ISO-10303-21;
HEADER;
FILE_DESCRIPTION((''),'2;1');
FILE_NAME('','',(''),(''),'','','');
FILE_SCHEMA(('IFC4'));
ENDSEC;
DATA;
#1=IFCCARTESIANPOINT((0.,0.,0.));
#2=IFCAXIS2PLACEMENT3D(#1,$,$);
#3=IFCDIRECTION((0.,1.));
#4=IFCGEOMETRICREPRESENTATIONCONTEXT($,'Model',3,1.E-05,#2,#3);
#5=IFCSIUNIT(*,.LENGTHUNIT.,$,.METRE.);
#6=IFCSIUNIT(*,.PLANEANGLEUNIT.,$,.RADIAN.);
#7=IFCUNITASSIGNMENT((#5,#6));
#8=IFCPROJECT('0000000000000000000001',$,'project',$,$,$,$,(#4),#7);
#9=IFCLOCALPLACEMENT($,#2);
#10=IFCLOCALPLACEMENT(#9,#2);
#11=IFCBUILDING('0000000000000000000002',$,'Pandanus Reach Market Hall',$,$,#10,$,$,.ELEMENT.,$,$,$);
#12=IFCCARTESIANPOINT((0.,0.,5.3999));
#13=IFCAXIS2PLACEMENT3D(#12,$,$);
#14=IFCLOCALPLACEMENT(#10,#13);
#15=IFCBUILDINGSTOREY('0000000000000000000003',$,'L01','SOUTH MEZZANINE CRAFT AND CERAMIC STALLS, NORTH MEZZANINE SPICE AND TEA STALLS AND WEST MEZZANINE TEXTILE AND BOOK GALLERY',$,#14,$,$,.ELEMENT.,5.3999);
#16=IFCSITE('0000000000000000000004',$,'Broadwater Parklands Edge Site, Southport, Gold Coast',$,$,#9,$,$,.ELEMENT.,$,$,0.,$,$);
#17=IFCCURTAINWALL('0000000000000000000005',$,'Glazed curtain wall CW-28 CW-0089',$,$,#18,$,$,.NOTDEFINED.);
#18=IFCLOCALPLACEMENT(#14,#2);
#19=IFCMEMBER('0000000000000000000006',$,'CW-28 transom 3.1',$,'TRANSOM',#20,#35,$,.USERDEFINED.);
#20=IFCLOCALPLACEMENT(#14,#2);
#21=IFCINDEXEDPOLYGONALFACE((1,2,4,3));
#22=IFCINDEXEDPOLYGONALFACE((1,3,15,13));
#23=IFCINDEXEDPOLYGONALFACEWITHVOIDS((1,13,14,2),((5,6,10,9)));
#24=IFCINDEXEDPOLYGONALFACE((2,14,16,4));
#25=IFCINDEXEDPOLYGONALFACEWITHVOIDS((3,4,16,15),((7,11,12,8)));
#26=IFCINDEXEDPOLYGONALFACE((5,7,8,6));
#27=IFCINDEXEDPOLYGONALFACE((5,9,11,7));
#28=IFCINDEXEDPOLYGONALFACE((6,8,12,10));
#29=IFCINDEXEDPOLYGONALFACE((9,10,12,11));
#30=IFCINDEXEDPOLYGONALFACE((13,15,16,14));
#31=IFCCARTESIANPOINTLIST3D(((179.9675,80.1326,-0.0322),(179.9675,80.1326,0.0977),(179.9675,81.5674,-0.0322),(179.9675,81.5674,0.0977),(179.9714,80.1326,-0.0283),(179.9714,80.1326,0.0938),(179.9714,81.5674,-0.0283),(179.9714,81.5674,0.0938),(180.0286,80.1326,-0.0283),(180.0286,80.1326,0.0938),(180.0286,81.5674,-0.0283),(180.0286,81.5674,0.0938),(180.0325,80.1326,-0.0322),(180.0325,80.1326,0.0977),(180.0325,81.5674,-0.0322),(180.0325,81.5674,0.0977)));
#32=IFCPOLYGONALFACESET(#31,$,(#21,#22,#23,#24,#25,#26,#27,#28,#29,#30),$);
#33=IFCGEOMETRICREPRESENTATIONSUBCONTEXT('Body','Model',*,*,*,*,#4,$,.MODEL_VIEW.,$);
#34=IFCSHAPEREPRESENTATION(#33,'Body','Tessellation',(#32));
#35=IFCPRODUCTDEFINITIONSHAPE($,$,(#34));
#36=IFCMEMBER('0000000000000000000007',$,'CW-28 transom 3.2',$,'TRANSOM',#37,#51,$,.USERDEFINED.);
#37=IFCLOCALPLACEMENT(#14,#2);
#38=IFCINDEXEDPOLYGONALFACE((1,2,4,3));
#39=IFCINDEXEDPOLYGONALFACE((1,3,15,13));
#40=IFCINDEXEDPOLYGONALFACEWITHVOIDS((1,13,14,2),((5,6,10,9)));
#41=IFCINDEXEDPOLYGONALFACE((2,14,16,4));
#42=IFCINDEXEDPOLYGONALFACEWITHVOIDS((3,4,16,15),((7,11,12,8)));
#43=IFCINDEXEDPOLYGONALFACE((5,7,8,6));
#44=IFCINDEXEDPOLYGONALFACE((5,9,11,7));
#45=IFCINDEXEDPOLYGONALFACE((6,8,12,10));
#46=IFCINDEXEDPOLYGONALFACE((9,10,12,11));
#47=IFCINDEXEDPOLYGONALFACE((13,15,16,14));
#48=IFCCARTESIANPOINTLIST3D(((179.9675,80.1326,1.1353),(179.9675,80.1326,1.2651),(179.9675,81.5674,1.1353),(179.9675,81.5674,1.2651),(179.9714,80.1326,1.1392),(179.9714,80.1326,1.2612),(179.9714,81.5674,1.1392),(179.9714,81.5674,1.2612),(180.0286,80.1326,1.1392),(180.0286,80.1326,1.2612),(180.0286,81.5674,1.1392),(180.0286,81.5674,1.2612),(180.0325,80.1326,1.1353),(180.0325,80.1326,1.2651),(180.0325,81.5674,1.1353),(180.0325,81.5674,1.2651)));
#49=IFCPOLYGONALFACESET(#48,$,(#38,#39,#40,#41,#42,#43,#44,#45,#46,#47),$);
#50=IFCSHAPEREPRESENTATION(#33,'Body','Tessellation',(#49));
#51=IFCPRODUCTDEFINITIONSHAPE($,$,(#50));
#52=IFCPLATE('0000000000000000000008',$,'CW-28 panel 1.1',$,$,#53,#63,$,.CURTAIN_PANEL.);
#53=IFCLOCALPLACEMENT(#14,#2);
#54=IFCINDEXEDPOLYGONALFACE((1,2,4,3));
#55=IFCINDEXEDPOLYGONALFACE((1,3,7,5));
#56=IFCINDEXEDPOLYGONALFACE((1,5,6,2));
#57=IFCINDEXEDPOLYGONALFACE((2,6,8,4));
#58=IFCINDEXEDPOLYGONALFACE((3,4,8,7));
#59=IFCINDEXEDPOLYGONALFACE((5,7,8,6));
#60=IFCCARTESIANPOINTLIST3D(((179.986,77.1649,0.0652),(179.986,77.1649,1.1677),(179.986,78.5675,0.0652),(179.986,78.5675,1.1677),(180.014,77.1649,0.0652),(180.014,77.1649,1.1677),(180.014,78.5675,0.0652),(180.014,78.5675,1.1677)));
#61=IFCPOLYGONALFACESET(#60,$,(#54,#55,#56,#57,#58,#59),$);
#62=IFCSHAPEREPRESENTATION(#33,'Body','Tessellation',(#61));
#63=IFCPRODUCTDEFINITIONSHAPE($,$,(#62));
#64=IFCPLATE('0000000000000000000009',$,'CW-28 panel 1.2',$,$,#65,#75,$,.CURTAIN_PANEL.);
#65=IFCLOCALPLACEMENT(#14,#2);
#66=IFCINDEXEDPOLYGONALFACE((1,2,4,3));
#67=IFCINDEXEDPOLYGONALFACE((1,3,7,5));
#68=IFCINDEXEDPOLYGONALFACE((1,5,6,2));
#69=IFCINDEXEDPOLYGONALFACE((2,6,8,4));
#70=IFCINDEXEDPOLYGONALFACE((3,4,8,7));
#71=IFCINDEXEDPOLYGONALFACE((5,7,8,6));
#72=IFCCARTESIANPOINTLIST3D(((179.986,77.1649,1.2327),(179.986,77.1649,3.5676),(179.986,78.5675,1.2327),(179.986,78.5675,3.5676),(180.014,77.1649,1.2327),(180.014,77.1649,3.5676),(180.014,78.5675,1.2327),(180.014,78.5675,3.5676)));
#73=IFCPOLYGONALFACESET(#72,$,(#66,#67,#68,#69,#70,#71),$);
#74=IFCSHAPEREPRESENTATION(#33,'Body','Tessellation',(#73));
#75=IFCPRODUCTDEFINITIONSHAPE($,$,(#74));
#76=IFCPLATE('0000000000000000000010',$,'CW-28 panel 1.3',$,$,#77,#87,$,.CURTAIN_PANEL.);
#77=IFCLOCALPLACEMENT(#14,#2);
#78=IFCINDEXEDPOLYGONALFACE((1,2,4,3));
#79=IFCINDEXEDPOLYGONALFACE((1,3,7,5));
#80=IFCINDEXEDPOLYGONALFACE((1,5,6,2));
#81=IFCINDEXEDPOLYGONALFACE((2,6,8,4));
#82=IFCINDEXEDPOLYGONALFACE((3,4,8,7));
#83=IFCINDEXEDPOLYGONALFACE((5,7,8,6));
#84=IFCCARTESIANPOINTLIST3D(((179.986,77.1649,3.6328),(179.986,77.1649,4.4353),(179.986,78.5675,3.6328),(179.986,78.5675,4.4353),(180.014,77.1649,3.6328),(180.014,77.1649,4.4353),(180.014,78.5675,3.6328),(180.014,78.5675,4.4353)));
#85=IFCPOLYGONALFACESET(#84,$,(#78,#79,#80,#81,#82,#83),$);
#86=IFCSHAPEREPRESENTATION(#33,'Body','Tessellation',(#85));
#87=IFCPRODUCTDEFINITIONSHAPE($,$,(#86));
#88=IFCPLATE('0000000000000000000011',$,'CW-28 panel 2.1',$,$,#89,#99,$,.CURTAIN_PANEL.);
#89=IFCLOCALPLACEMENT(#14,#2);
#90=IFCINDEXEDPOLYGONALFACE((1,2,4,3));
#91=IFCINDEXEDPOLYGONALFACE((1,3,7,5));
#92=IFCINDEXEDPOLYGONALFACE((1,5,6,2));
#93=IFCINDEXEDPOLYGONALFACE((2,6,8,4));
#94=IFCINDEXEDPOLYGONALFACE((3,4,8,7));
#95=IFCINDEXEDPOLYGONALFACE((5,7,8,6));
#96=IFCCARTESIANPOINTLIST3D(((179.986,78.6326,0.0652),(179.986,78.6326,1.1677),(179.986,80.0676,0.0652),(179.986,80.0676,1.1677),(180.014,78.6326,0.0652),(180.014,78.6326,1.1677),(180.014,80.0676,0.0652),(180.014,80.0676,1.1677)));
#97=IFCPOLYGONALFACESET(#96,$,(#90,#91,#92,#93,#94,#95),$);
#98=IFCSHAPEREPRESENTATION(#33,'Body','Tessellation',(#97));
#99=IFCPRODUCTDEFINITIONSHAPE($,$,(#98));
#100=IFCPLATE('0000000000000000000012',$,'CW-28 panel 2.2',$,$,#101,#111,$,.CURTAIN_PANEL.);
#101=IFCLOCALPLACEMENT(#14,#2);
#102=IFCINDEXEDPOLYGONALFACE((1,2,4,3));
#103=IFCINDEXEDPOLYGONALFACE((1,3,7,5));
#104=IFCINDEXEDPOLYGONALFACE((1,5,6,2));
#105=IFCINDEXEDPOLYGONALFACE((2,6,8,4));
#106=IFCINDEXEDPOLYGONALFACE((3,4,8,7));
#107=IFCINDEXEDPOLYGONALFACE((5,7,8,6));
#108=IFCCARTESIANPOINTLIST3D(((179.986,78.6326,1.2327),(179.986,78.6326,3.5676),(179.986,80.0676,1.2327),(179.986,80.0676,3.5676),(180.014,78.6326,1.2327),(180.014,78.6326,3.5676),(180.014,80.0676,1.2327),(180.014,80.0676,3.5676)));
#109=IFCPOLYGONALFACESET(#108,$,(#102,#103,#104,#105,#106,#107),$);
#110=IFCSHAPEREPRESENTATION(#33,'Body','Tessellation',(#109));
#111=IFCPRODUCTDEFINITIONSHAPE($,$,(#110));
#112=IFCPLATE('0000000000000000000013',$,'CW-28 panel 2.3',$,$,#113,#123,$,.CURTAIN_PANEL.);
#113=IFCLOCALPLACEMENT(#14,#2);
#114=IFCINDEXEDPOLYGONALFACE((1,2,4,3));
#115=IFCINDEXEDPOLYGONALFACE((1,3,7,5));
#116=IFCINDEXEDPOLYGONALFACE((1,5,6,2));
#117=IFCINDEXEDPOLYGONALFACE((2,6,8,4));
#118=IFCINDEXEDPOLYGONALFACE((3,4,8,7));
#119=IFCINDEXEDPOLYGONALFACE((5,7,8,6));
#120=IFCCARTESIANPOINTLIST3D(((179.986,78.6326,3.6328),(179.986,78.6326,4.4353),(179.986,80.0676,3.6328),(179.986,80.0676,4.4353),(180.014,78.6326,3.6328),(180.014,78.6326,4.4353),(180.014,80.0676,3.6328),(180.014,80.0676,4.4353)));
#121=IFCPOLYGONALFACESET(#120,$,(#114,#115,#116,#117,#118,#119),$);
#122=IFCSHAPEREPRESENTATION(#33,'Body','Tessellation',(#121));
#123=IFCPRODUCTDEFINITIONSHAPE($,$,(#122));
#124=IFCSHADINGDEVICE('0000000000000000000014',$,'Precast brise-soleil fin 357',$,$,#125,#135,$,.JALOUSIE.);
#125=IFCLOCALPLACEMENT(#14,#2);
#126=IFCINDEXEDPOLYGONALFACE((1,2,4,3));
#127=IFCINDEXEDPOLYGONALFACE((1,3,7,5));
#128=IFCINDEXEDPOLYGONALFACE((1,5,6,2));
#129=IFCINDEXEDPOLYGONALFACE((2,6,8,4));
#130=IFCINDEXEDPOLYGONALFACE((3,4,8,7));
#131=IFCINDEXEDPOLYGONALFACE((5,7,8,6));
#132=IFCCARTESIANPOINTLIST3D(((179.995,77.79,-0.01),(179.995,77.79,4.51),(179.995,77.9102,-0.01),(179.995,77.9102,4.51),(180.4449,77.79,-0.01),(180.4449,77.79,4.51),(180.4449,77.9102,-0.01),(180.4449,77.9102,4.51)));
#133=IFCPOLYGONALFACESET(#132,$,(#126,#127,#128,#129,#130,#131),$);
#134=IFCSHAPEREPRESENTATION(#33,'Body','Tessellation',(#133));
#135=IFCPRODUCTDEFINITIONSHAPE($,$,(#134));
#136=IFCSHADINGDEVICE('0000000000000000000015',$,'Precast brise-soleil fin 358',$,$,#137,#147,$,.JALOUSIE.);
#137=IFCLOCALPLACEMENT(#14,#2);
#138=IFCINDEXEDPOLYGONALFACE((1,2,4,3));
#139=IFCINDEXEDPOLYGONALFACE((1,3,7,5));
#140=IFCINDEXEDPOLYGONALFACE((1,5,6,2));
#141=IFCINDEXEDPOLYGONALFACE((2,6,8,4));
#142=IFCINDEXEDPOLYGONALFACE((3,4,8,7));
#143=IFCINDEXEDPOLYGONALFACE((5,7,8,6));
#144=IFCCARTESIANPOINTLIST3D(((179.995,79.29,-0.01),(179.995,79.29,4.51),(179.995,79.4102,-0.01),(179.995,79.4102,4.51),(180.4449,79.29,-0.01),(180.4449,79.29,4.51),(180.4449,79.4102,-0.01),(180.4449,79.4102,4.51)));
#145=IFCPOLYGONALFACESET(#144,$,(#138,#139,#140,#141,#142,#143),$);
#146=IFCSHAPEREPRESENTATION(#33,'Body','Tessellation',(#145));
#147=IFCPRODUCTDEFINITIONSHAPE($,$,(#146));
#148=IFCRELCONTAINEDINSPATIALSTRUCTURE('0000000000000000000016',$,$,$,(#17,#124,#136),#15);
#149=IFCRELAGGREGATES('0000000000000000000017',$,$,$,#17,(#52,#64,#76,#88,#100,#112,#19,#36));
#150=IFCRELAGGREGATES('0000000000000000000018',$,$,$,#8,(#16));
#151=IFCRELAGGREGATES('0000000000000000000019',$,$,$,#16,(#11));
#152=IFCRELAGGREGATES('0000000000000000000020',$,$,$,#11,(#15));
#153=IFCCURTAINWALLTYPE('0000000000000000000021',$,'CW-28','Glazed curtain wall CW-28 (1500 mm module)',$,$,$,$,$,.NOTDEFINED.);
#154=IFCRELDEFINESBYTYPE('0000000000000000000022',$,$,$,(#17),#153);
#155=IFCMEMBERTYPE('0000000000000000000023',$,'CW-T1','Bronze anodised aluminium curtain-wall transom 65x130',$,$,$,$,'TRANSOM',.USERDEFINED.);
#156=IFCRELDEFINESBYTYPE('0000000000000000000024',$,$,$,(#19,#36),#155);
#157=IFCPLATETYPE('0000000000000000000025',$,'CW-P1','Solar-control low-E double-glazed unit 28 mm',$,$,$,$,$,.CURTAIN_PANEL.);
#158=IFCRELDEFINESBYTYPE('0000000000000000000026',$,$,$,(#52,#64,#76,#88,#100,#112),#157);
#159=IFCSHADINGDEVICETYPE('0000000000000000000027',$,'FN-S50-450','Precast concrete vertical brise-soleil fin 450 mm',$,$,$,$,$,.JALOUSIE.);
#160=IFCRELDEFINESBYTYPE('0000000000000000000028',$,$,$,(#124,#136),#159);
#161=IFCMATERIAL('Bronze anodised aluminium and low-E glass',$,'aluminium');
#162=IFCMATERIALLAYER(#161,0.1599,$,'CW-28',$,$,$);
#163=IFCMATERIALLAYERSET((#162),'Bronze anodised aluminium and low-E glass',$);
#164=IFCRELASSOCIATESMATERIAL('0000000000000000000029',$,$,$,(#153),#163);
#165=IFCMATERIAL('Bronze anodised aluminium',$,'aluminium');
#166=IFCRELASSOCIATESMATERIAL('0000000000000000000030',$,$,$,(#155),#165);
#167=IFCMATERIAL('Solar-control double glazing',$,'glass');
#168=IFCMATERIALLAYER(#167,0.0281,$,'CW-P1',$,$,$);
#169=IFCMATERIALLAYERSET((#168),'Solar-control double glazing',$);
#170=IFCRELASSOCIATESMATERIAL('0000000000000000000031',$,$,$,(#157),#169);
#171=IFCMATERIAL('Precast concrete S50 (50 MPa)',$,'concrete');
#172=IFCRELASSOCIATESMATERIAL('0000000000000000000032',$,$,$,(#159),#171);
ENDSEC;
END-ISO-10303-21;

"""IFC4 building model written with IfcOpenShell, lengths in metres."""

from ifc_helpers import new_model, si_unit, direction, frame, origin, origin_2d, place, context, subcontext, project, spatial, rectangle, hollow_rectangle, extrude, material, layer, layer_set, material_profile, profile_set, type_object, element, aggregate, save


model = new_model("IFC4")

# Units and contexts
model_context = context("Model", 3, precision=1e-05, world=origin(), true_north=direction((0.0, 1.0)))
body_context = subcontext(model_context, "Body", "Model", "MODEL_VIEW")
ifc_project = project(units=[si_unit("LENGTHUNIT", "METRE"), si_unit("PLANEANGLEUNIT", "RADIAN")], contexts=[model_context])

# Site, building, storey
site_placement = place(None, origin())
site = spatial("IfcSite", under=ifc_project, at=site_placement, Name="Broadwater Parklands Edge Site, Southport, Gold Coast", CompositionType="ELEMENT", RefElevation=0.0)
building_placement = place(site_placement, origin())
building = spatial("IfcBuilding", under=site, at=building_placement, Name="Pandanus Reach Market Hall", CompositionType="ELEMENT")
storey_placement = place(building_placement, frame((0.0, 0.0, 5.3999)))
storey = spatial("IfcBuildingStorey", under=building, at=storey_placement, Name="L01", Description="SOUTH MEZZANINE CRAFT AND CERAMIC STALLS, NORTH MEZZANINE SPICE AND TEA STALLS AND WEST MEZZANINE TEXTILE AND BOOK GALLERY", CompositionType="ELEMENT", Elevation=5.3999)

# Curtain wall, members, plates
ifc_material_1 = material(Name="Bronze anodised aluminium and low-E glass", Category="aluminium")
ifc_layer_1 = layer(ifc_material_1, 0.1599, Name="CW-28")
ifc_layer_set_1 = layer_set([ifc_layer_1], Name="Bronze anodised aluminium and low-E glass")
curtain_wall_type = type_object("IfcCurtainWallType", Name="CW-28", Description="Glazed curtain wall CW-28 (1500 mm module)", PredefinedType="NOTDEFINED", material=ifc_layer_set_1)
curtain_wall_placement = place(storey_placement, origin())
curtain_wall = element("IfcCurtainWall", 1, at=curtain_wall_placement, inside=storey, type_object=curtain_wall_type, Name="Glazed curtain wall CW-28 CW-0089", PredefinedType="NOTDEFINED")
ifc_material_2 = material(Name="Bronze anodised aluminium", Category="aluminium")
ifc_material_profile_1 = material_profile(ifc_material_2, hollow_rectangle(XDim=0.0649, YDim=0.1299, WallThickness=0.0039, at=origin_2d()), Name="ALU65x130", Category="LoadBearing")
ifc_profile_set_1 = profile_set([ifc_material_profile_1], Name="Bronze anodised aluminium")
member_type_1 = type_object("IfcMemberType", Name="CW-T1", Description="Bronze anodised aluminium curtain-wall transom 65x130", ElementType="TRANSOM", PredefinedType="USERDEFINED", material=ifc_profile_set_1)
member_1_placement = place(storey_placement, frame((180.0, 80.1326, 0.0327), z_axis=(0.0, 1.0, 0.0), x_axis=(-1.0, 0.0, 0.0)))
member_1 = element("IfcMember", 2, at=member_1_placement, type_object=member_type_1, Name="CW-28 transom 3.1", ObjectType="TRANSOM", PredefinedType="USERDEFINED", context=body_context, shape_type="SweptSolid", body=[
    extrude(hollow_rectangle(XDim=0.0649, YDim=0.1299, WallThickness=0.0039, at=origin_2d()), origin(), (0.0, 0.0, 1.0), 1.4348),
])
member_2_placement = place(storey_placement, frame((180.0, 80.1326, 1.2002), z_axis=(0.0, 1.0, 0.0), x_axis=(-1.0, 0.0, 0.0)))
member_2 = element("IfcMember", 3, at=member_2_placement, type_object=member_type_1, Name="CW-28 transom 3.2", ObjectType="TRANSOM", PredefinedType="USERDEFINED", context=body_context, shape_type="SweptSolid", body=[
    extrude(hollow_rectangle(XDim=0.0649, YDim=0.1299, WallThickness=0.0039, at=origin_2d()), origin(), (0.0, 0.0, 1.0), 1.4348),
])
ifc_material_3 = material(Name="Solar-control double glazing", Category="glass")
ifc_layer_2 = layer(ifc_material_3, 0.0281, Name="CW-P1")
ifc_layer_set_2 = layer_set([ifc_layer_2], Name="Solar-control double glazing")
plate_type = type_object("IfcPlateType", Name="CW-P1", Description="Solar-control low-E double-glazed unit 28 mm", PredefinedType="CURTAIN_PANEL", material=ifc_layer_set_2)
plate_1_placement = place(storey_placement, frame((180.0, 77.8662, 0.0652), z_axis=(0.0, 0.0, 1.0), x_axis=(0.0, 1.0, 0.0)))
plate_1 = element("IfcPlate", 4, at=plate_1_placement, type_object=plate_type, Name="CW-28 panel 1.1", PredefinedType="CURTAIN_PANEL", context=body_context, shape_type="SweptSolid", body=[
    extrude(rectangle(XDim=1.4026, YDim=0.0281, at=origin_2d()), origin(), (0.0, 0.0, 1.0), 1.1025),
])
plate_2_placement = place(storey_placement, frame((180.0, 77.8662, 1.2327), z_axis=(0.0, 0.0, 1.0), x_axis=(0.0, 1.0, 0.0)))
plate_2 = element("IfcPlate", 5, at=plate_2_placement, type_object=plate_type, Name="CW-28 panel 1.2", PredefinedType="CURTAIN_PANEL", context=body_context, shape_type="SweptSolid", body=[
    extrude(rectangle(XDim=1.4026, YDim=0.0281, at=origin_2d()), origin(), (0.0, 0.0, 1.0), 2.335),
])
plate_3_placement = place(storey_placement, frame((180.0, 77.8662, 3.6328), z_axis=(0.0, 0.0, 1.0), x_axis=(0.0, 1.0, 0.0)))
plate_3 = element("IfcPlate", 6, at=plate_3_placement, type_object=plate_type, Name="CW-28 panel 1.3", PredefinedType="CURTAIN_PANEL", context=body_context, shape_type="SweptSolid", body=[
    extrude(rectangle(XDim=1.4026, YDim=0.0281, at=origin_2d()), origin(), (0.0, 0.0, 1.0), 0.8025),
])
plate_4_placement = place(storey_placement, frame((180.0, 79.3501, 0.0652), z_axis=(0.0, 0.0, 1.0), x_axis=(0.0, 1.0, 0.0)))
plate_4 = element("IfcPlate", 7, at=plate_4_placement, type_object=plate_type, Name="CW-28 panel 2.1", PredefinedType="CURTAIN_PANEL", context=body_context, shape_type="SweptSolid", body=[
    extrude(rectangle(XDim=1.4351, YDim=0.0281, at=origin_2d()), origin(), (0.0, 0.0, 1.0), 1.1025),
])
plate_5_placement = place(storey_placement, frame((180.0, 79.3501, 1.2327), z_axis=(0.0, 0.0, 1.0), x_axis=(0.0, 1.0, 0.0)))
plate_5 = element("IfcPlate", 8, at=plate_5_placement, type_object=plate_type, Name="CW-28 panel 2.2", PredefinedType="CURTAIN_PANEL", context=body_context, shape_type="SweptSolid", body=[
    extrude(rectangle(XDim=1.4351, YDim=0.0281, at=origin_2d()), origin(), (0.0, 0.0, 1.0), 2.335),
])
plate_6_placement = place(storey_placement, frame((180.0, 79.3501, 3.6328), z_axis=(0.0, 0.0, 1.0), x_axis=(0.0, 1.0, 0.0)))
plate_6 = element("IfcPlate", 9, at=plate_6_placement, type_object=plate_type, Name="CW-28 panel 2.3", PredefinedType="CURTAIN_PANEL", context=body_context, shape_type="SweptSolid", body=[
    extrude(rectangle(XDim=1.4351, YDim=0.0281, at=origin_2d()), origin(), (0.0, 0.0, 1.0), 0.8025),
])
aggregate(curtain_wall, [plate_1, plate_2, plate_3, plate_4, plate_5, plate_6, member_1, member_2])

# Shading devices
ifc_material_4 = material(Name="Precast concrete S50 (50 MPa)", Category="concrete")
shading_device_type = type_object("IfcShadingDeviceType", Name="FN-S50-450", Description="Precast concrete vertical brise-soleil fin 450 mm", PredefinedType="JALOUSIE", material=ifc_material_4)
for number, where, z_axis, x_axis, name in (
    (10, (180.22, 77.8501, -0.01), (0.0, 0.0, 1.0), (1.0, 0.0, 0.0), "Precast brise-soleil fin 357"),
    (11, (180.22, 79.3501, -0.01), (0.0, 0.0, 1.0), (1.0, 0.0, 0.0), "Precast brise-soleil fin 358"),
):
    element("IfcShadingDevice", number, at=place(storey_placement, frame(where, z_axis=z_axis, x_axis=x_axis)), inside=storey, type_object=shading_device_type, Name=name, PredefinedType="JALOUSIE", context=body_context, shape_type="SweptSolid", body=[
        extrude(rectangle(XDim=0.45, YDim=0.1201, at=origin_2d()), origin(), (0.0, 0.0, 1.0), 4.52),
    ])

save(model, "model.ifc")
